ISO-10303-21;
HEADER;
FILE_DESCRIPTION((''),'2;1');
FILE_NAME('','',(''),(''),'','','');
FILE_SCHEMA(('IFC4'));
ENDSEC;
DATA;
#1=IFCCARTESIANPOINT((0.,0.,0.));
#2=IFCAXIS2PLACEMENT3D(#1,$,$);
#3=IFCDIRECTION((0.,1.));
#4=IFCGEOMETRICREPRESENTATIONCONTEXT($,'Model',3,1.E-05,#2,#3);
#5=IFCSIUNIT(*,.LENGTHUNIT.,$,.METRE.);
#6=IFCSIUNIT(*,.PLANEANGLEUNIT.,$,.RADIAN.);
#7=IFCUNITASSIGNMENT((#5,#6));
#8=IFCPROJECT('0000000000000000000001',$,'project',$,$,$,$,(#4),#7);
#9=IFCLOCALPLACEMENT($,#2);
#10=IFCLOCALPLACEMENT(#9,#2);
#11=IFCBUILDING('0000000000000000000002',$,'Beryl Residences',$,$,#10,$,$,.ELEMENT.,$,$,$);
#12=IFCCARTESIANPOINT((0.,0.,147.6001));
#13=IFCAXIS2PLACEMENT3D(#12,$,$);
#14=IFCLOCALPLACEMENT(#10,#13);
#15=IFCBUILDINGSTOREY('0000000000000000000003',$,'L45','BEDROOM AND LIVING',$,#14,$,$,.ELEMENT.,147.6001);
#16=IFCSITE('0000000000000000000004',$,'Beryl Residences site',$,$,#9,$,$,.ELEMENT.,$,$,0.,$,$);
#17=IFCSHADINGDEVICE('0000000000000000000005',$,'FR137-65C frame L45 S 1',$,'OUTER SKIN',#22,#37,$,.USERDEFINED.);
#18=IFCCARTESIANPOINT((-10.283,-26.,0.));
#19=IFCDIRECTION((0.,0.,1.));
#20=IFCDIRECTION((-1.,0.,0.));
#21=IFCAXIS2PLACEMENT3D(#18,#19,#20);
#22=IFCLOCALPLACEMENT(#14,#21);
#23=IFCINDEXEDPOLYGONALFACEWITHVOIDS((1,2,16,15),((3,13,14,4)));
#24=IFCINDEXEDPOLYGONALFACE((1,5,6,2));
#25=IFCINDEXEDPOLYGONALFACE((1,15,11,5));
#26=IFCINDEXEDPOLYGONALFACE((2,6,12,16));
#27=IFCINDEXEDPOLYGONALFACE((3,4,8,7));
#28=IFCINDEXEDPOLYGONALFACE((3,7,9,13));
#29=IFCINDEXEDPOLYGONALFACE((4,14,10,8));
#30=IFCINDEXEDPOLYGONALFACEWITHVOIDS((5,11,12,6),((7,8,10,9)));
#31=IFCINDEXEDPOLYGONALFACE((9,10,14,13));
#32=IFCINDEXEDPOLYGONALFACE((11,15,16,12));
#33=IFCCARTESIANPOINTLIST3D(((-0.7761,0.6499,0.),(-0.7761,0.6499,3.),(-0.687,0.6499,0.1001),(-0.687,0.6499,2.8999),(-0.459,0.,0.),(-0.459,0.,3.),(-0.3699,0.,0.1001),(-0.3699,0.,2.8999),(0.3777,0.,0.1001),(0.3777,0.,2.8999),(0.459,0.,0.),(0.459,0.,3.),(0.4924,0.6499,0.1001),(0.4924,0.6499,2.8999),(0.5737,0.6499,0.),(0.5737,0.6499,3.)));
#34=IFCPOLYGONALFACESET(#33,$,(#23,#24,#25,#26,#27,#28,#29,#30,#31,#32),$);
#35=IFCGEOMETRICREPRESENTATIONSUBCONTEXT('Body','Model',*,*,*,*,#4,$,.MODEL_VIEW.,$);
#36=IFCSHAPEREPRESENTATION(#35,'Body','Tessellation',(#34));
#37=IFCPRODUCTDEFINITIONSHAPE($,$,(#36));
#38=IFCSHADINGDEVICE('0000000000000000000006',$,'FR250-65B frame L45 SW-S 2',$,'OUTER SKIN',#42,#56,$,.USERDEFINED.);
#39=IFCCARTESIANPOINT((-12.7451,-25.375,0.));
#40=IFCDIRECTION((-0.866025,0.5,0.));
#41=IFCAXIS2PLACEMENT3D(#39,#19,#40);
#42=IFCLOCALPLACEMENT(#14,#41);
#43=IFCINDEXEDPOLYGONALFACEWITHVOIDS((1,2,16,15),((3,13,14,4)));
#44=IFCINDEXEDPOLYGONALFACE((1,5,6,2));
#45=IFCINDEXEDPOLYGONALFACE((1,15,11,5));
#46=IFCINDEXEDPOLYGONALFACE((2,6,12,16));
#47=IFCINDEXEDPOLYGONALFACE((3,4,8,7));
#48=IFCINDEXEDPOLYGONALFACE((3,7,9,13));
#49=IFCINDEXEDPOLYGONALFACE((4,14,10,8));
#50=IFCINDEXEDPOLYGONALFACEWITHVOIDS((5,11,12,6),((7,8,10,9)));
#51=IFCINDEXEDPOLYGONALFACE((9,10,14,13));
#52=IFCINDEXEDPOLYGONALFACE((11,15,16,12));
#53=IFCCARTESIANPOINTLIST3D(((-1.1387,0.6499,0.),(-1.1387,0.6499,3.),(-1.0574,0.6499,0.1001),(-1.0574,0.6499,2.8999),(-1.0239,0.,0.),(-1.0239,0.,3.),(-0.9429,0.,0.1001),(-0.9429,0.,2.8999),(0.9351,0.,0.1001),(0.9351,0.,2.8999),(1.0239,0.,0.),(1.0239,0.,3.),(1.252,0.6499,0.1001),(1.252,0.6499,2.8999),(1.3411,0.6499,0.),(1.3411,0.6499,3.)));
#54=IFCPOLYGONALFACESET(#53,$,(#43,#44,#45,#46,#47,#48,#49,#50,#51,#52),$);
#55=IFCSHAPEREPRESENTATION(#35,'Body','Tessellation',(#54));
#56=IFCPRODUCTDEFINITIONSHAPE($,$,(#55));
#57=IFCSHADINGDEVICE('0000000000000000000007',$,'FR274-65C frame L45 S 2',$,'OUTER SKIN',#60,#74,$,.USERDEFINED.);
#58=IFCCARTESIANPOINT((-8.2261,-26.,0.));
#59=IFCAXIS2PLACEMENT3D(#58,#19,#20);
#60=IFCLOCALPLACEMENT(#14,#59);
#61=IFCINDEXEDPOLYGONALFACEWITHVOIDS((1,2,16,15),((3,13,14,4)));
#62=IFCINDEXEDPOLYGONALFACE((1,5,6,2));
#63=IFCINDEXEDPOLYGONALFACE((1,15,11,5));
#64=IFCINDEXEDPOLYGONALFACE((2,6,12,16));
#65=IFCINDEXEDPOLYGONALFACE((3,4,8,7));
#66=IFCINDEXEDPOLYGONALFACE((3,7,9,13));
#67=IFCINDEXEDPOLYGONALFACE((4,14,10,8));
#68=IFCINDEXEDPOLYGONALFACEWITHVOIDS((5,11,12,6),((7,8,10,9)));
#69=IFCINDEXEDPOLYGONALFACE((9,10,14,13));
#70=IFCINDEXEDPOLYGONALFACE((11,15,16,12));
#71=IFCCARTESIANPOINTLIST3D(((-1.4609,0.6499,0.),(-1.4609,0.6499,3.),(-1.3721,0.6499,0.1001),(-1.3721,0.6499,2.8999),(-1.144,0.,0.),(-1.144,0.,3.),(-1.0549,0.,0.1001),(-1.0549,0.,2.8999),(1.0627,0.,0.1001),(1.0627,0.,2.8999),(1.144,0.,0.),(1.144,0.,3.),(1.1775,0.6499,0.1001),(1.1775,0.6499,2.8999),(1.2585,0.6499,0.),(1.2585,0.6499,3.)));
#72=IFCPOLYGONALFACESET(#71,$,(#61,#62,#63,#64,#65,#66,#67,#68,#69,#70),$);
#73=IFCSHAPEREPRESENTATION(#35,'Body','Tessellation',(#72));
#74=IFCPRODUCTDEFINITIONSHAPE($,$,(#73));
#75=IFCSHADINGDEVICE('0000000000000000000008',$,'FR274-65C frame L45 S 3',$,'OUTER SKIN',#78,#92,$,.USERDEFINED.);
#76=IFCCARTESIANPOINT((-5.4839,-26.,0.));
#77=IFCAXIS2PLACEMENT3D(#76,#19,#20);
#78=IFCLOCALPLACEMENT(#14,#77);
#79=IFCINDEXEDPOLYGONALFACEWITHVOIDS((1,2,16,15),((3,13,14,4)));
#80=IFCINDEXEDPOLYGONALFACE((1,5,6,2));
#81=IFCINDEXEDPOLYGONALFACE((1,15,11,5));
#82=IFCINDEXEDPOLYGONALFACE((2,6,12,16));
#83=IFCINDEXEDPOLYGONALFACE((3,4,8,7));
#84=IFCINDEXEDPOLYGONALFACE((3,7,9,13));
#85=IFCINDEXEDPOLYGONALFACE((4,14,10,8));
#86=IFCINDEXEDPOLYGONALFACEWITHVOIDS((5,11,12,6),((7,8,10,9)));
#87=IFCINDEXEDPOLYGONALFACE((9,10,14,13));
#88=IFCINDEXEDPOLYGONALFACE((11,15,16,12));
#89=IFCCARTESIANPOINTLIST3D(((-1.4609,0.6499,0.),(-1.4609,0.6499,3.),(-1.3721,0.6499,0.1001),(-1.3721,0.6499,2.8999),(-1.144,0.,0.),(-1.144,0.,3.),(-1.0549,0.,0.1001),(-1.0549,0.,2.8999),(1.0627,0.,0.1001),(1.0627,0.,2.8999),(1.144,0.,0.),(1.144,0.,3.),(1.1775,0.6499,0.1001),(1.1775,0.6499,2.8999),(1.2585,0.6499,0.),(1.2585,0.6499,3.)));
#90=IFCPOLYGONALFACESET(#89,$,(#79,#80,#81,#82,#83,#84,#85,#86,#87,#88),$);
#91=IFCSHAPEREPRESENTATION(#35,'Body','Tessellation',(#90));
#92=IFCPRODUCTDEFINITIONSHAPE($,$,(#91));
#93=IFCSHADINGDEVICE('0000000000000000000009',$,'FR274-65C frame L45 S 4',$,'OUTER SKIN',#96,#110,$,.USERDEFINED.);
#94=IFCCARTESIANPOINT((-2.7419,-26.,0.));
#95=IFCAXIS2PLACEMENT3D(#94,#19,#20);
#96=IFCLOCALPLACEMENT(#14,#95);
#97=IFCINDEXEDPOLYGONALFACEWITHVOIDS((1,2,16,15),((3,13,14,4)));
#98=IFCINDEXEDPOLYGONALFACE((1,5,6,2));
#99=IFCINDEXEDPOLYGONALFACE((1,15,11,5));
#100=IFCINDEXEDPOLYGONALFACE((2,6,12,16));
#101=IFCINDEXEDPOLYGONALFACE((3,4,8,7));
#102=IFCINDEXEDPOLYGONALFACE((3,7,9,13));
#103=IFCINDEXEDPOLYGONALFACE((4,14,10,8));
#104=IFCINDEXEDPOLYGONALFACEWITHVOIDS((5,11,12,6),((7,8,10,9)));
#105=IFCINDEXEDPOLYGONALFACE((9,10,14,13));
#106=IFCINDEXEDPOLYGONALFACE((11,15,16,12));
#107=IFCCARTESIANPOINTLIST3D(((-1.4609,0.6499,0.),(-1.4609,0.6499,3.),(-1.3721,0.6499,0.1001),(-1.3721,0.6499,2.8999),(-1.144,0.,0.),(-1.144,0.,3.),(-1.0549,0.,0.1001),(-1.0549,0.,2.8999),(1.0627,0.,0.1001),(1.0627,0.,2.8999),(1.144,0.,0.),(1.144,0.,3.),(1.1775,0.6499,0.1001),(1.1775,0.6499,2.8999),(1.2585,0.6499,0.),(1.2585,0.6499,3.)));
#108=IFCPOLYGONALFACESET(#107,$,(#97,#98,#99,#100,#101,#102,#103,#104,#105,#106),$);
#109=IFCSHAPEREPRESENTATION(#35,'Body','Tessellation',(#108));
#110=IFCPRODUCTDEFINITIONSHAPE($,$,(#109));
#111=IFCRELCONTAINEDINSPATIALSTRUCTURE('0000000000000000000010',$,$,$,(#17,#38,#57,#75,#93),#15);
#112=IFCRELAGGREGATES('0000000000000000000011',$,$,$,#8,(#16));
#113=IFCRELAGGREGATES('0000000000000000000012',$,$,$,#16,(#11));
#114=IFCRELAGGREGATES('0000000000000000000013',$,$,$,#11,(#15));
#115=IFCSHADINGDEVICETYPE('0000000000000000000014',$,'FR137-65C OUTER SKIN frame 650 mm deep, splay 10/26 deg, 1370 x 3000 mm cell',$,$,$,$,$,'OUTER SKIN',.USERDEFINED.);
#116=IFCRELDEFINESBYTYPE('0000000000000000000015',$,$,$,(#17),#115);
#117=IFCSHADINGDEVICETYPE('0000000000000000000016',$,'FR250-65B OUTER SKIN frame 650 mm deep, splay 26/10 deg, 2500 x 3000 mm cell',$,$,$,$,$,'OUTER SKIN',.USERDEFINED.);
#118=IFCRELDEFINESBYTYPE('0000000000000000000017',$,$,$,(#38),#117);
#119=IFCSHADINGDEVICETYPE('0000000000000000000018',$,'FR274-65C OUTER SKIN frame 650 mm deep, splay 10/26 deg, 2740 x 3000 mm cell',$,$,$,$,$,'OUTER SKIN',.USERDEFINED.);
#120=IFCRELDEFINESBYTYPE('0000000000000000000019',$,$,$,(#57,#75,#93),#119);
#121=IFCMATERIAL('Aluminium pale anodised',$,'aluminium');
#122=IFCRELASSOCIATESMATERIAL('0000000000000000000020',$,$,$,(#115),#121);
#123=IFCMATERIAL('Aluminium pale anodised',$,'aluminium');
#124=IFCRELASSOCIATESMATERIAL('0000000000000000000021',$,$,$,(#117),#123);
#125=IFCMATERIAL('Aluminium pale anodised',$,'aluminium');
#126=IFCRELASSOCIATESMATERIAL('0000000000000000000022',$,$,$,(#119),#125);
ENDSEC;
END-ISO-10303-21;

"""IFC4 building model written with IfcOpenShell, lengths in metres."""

from ifc_helpers import new_model, entity, si_unit, direction, frame, origin, place, context, subcontext, project, spatial, source, transform, mapped, material, type_object, type_shapes, element, save


model = new_model("IFC4")

# Units and contexts
model_context = context("Model", 3, precision=1e-05, world=origin(), true_north=direction((0.0, 1.0)))
body_context = subcontext(model_context, "Body", "Model", "MODEL_VIEW")
ifc_project = project(units=[si_unit("LENGTHUNIT", "METRE"), si_unit("PLANEANGLEUNIT", "RADIAN")], contexts=[model_context])

# Site, building, storey
site_placement = place(None, origin())
site = spatial("IfcSite", under=ifc_project, at=site_placement, Name="Beryl Residences site", CompositionType="ELEMENT", RefElevation=0.0)
building_placement = place(site_placement, origin())
building = spatial("IfcBuilding", under=site, at=building_placement, Name="Beryl Residences", CompositionType="ELEMENT")
storey_placement = place(building_placement, frame((0.0, 0.0, 147.6001)))
storey = spatial("IfcBuildingStorey", under=building, at=storey_placement, Name="L45", Description="BEDROOM AND LIVING", CompositionType="ELEMENT", Elevation=147.6001)

# Shading devices
ifc_material_1 = material(Name="Aluminium pale anodised", Category="aluminium")
shading_device_type_1 = type_object("IfcShadingDeviceType", Name="FR137-65C OUTER SKIN frame 650 mm deep, splay 10/26 deg, 1370 x 3000 mm cell", ElementType="OUTER SKIN", PredefinedType="USERDEFINED", material=ifc_material_1)
cartesian_point_1 = entity("IfcCartesianPoint", [-0.459, 0.0])
cartesian_point_2 = entity("IfcCartesianPoint", [-0.3777, 0.1001])
cartesian_point_3 = entity("IfcCartesianPoint", [-0.5737, 0.0])
cartesian_point_4 = entity("IfcCartesianPoint", [-0.4924, 0.1001])
shared_shape_1 = source(origin(), body_context, "Body", "SweptSolid", [
    entity("IfcExtrudedAreaSolidTapered", entity("IfcArbitraryProfileDefWithVoids", "AREA", None, entity("IfcPolyline", [cartesian_point_1, entity("IfcCartesianPoint", [0.459, 0.0]), entity("IfcCartesianPoint", [0.459, 3.0]), entity("IfcCartesianPoint", [-0.459, 3.0]), cartesian_point_1]), [entity("IfcPolyline", [cartesian_point_2, entity("IfcCartesianPoint", [0.3699, 0.1001]), entity("IfcCartesianPoint", [0.3699, 2.8999]), entity("IfcCartesianPoint", [-0.3777, 2.8999]), cartesian_point_2])]), entity("IfcAxis2Placement3D", entity("IfcCartesianPoint", [0.0, 0.0, 0.0]), entity("IfcDirection", [0.0, 1.0, 0.0]), entity("IfcDirection", [-1.0, 0.0, 0.0])), entity("IfcDirection", [0.0, 0.0, 1.0]), 0.6499, entity("IfcArbitraryProfileDefWithVoids", "AREA", None, entity("IfcPolyline", [cartesian_point_3, entity("IfcCartesianPoint", [0.7761, 0.0]), entity("IfcCartesianPoint", [0.7761, 3.0]), entity("IfcCartesianPoint", [-0.5737, 3.0]), cartesian_point_3]), [entity("IfcPolyline", [cartesian_point_4, entity("IfcCartesianPoint", [0.687, 0.1001]), entity("IfcCartesianPoint", [0.687, 2.8999]), entity("IfcCartesianPoint", [-0.4924, 2.8999]), cartesian_point_4])])),
])
type_shapes(shading_device_type_1, [shared_shape_1])
shading_device_1_placement = place(storey_placement, frame((-10.283, -26.0, 0.0), z_axis=(0.0, 0.0, 1.0), x_axis=(-1.0, 0.0, 0.0)))
element("IfcShadingDevice", 1, at=shading_device_1_placement, inside=storey, type_object=shading_device_type_1, Name="FR137-65C frame L45 S 1", ObjectType="OUTER SKIN", PredefinedType="USERDEFINED", context=body_context, shape_type="MappedRepresentation", body=[
    mapped(shared_shape_1, transform((0.0, 0.0, 0.0))),
])
ifc_material_2 = material(Name="Aluminium pale anodised", Category="aluminium")
shading_device_type_2 = type_object("IfcShadingDeviceType", Name="FR250-65B OUTER SKIN frame 650 mm deep, splay 26/10 deg, 2500 x 3000 mm cell", ElementType="OUTER SKIN", PredefinedType="USERDEFINED", material=ifc_material_2)
cartesian_point_5 = entity("IfcCartesianPoint", [-1.0239, 0.0])
cartesian_point_6 = entity("IfcCartesianPoint", [-0.9351, 0.1001])
cartesian_point_7 = entity("IfcCartesianPoint", [-1.3411, 0.0])
cartesian_point_8 = entity("IfcCartesianPoint", [-1.252, 0.1001])
shared_shape_2 = source(origin(), body_context, "Body", "SweptSolid", [
    entity("IfcExtrudedAreaSolidTapered", entity("IfcArbitraryProfileDefWithVoids", "AREA", None, entity("IfcPolyline", [cartesian_point_5, entity("IfcCartesianPoint", [1.0239, 0.0]), entity("IfcCartesianPoint", [1.0239, 3.0]), entity("IfcCartesianPoint", [-1.0239, 3.0]), cartesian_point_5]), [entity("IfcPolyline", [cartesian_point_6, entity("IfcCartesianPoint", [0.9429, 0.1001]), entity("IfcCartesianPoint", [0.9429, 2.8999]), entity("IfcCartesianPoint", [-0.9351, 2.8999]), cartesian_point_6])]), entity("IfcAxis2Placement3D", entity("IfcCartesianPoint", [0.0, 0.0, 0.0]), entity("IfcDirection", [0.0, 1.0, 0.0]), entity("IfcDirection", [-1.0, 0.0, 0.0])), entity("IfcDirection", [0.0, 0.0, 1.0]), 0.6499, entity("IfcArbitraryProfileDefWithVoids", "AREA", None, entity("IfcPolyline", [cartesian_point_7, entity("IfcCartesianPoint", [1.1387, 0.0]), entity("IfcCartesianPoint", [1.1387, 3.0]), entity("IfcCartesianPoint", [-1.3411, 3.0]), cartesian_point_7]), [entity("IfcPolyline", [cartesian_point_8, entity("IfcCartesianPoint", [1.0574, 0.1001]), entity("IfcCartesianPoint", [1.0574, 2.8999]), entity("IfcCartesianPoint", [-1.252, 2.8999]), cartesian_point_8])])),
])
type_shapes(shading_device_type_2, [shared_shape_2])
shading_device_2_placement = place(storey_placement, frame((-12.7451, -25.375, 0.0), z_axis=(0.0, 0.0, 1.0), x_axis=(-0.866025, 0.5, 0.0)))
element("IfcShadingDevice", 2, at=shading_device_2_placement, inside=storey, type_object=shading_device_type_2, Name="FR250-65B frame L45 SW-S 2", ObjectType="OUTER SKIN", PredefinedType="USERDEFINED", context=body_context, shape_type="MappedRepresentation", body=[
    mapped(shared_shape_2, transform((0.0, 0.0, 0.0))),
])
ifc_material_3 = material(Name="Aluminium pale anodised", Category="aluminium")
shading_device_type_3 = type_object("IfcShadingDeviceType", Name="FR274-65C OUTER SKIN frame 650 mm deep, splay 10/26 deg, 2740 x 3000 mm cell", ElementType="OUTER SKIN", PredefinedType="USERDEFINED", material=ifc_material_3)
cartesian_point_9 = entity("IfcCartesianPoint", [-1.144, 0.0])
cartesian_point_10 = entity("IfcCartesianPoint", [-1.0627, 0.1001])
cartesian_point_11 = entity("IfcCartesianPoint", [-1.2585, 0.0])
cartesian_point_12 = entity("IfcCartesianPoint", [-1.1775, 0.1001])
shared_shape_3 = source(origin(), body_context, "Body", "SweptSolid", [
    entity("IfcExtrudedAreaSolidTapered", entity("IfcArbitraryProfileDefWithVoids", "AREA", None, entity("IfcPolyline", [cartesian_point_9, entity("IfcCartesianPoint", [1.144, 0.0]), entity("IfcCartesianPoint", [1.144, 3.0]), entity("IfcCartesianPoint", [-1.144, 3.0]), cartesian_point_9]), [entity("IfcPolyline", [cartesian_point_10, entity("IfcCartesianPoint", [1.0549, 0.1001]), entity("IfcCartesianPoint", [1.0549, 2.8999]), entity("IfcCartesianPoint", [-1.0627, 2.8999]), cartesian_point_10])]), entity("IfcAxis2Placement3D", entity("IfcCartesianPoint", [0.0, 0.0, 0.0]), entity("IfcDirection", [0.0, 1.0, 0.0]), entity("IfcDirection", [-1.0, 0.0, 0.0])), entity("IfcDirection", [0.0, 0.0, 1.0]), 0.6499, entity("IfcArbitraryProfileDefWithVoids", "AREA", None, entity("IfcPolyline", [cartesian_point_11, entity("IfcCartesianPoint", [1.4609, 0.0]), entity("IfcCartesianPoint", [1.4609, 3.0]), entity("IfcCartesianPoint", [-1.2585, 3.0]), cartesian_point_11]), [entity("IfcPolyline", [cartesian_point_12, entity("IfcCartesianPoint", [1.3721, 0.1001]), entity("IfcCartesianPoint", [1.3721, 2.8999]), entity("IfcCartesianPoint", [-1.1775, 2.8999]), cartesian_point_12])])),
])
type_shapes(shading_device_type_3, [shared_shape_3])
for number, where, z_axis, x_axis, name in (
    (3, (-8.2261, -26.0, 0.0), (0.0, 0.0, 1.0), (-1.0, 0.0, 0.0), "FR274-65C frame L45 S 2"),
    (4, (-5.4839, -26.0, 0.0), (0.0, 0.0, 1.0), (-1.0, 0.0, 0.0), "FR274-65C frame L45 S 3"),
    (5, (-2.7419, -26.0, 0.0), (0.0, 0.0, 1.0), (-1.0, 0.0, 0.0), "FR274-65C frame L45 S 4"),
):
    element("IfcShadingDevice", number, at=place(storey_placement, frame(where, z_axis=z_axis, x_axis=x_axis)), inside=storey, type_object=shading_device_type_3, Name=name, ObjectType="OUTER SKIN", PredefinedType="USERDEFINED", context=body_context, shape_type="MappedRepresentation", body=[
        mapped(shared_shape_3, transform((0.0, 0.0, 0.0))),
    ])

save(model, "model.ifc")
